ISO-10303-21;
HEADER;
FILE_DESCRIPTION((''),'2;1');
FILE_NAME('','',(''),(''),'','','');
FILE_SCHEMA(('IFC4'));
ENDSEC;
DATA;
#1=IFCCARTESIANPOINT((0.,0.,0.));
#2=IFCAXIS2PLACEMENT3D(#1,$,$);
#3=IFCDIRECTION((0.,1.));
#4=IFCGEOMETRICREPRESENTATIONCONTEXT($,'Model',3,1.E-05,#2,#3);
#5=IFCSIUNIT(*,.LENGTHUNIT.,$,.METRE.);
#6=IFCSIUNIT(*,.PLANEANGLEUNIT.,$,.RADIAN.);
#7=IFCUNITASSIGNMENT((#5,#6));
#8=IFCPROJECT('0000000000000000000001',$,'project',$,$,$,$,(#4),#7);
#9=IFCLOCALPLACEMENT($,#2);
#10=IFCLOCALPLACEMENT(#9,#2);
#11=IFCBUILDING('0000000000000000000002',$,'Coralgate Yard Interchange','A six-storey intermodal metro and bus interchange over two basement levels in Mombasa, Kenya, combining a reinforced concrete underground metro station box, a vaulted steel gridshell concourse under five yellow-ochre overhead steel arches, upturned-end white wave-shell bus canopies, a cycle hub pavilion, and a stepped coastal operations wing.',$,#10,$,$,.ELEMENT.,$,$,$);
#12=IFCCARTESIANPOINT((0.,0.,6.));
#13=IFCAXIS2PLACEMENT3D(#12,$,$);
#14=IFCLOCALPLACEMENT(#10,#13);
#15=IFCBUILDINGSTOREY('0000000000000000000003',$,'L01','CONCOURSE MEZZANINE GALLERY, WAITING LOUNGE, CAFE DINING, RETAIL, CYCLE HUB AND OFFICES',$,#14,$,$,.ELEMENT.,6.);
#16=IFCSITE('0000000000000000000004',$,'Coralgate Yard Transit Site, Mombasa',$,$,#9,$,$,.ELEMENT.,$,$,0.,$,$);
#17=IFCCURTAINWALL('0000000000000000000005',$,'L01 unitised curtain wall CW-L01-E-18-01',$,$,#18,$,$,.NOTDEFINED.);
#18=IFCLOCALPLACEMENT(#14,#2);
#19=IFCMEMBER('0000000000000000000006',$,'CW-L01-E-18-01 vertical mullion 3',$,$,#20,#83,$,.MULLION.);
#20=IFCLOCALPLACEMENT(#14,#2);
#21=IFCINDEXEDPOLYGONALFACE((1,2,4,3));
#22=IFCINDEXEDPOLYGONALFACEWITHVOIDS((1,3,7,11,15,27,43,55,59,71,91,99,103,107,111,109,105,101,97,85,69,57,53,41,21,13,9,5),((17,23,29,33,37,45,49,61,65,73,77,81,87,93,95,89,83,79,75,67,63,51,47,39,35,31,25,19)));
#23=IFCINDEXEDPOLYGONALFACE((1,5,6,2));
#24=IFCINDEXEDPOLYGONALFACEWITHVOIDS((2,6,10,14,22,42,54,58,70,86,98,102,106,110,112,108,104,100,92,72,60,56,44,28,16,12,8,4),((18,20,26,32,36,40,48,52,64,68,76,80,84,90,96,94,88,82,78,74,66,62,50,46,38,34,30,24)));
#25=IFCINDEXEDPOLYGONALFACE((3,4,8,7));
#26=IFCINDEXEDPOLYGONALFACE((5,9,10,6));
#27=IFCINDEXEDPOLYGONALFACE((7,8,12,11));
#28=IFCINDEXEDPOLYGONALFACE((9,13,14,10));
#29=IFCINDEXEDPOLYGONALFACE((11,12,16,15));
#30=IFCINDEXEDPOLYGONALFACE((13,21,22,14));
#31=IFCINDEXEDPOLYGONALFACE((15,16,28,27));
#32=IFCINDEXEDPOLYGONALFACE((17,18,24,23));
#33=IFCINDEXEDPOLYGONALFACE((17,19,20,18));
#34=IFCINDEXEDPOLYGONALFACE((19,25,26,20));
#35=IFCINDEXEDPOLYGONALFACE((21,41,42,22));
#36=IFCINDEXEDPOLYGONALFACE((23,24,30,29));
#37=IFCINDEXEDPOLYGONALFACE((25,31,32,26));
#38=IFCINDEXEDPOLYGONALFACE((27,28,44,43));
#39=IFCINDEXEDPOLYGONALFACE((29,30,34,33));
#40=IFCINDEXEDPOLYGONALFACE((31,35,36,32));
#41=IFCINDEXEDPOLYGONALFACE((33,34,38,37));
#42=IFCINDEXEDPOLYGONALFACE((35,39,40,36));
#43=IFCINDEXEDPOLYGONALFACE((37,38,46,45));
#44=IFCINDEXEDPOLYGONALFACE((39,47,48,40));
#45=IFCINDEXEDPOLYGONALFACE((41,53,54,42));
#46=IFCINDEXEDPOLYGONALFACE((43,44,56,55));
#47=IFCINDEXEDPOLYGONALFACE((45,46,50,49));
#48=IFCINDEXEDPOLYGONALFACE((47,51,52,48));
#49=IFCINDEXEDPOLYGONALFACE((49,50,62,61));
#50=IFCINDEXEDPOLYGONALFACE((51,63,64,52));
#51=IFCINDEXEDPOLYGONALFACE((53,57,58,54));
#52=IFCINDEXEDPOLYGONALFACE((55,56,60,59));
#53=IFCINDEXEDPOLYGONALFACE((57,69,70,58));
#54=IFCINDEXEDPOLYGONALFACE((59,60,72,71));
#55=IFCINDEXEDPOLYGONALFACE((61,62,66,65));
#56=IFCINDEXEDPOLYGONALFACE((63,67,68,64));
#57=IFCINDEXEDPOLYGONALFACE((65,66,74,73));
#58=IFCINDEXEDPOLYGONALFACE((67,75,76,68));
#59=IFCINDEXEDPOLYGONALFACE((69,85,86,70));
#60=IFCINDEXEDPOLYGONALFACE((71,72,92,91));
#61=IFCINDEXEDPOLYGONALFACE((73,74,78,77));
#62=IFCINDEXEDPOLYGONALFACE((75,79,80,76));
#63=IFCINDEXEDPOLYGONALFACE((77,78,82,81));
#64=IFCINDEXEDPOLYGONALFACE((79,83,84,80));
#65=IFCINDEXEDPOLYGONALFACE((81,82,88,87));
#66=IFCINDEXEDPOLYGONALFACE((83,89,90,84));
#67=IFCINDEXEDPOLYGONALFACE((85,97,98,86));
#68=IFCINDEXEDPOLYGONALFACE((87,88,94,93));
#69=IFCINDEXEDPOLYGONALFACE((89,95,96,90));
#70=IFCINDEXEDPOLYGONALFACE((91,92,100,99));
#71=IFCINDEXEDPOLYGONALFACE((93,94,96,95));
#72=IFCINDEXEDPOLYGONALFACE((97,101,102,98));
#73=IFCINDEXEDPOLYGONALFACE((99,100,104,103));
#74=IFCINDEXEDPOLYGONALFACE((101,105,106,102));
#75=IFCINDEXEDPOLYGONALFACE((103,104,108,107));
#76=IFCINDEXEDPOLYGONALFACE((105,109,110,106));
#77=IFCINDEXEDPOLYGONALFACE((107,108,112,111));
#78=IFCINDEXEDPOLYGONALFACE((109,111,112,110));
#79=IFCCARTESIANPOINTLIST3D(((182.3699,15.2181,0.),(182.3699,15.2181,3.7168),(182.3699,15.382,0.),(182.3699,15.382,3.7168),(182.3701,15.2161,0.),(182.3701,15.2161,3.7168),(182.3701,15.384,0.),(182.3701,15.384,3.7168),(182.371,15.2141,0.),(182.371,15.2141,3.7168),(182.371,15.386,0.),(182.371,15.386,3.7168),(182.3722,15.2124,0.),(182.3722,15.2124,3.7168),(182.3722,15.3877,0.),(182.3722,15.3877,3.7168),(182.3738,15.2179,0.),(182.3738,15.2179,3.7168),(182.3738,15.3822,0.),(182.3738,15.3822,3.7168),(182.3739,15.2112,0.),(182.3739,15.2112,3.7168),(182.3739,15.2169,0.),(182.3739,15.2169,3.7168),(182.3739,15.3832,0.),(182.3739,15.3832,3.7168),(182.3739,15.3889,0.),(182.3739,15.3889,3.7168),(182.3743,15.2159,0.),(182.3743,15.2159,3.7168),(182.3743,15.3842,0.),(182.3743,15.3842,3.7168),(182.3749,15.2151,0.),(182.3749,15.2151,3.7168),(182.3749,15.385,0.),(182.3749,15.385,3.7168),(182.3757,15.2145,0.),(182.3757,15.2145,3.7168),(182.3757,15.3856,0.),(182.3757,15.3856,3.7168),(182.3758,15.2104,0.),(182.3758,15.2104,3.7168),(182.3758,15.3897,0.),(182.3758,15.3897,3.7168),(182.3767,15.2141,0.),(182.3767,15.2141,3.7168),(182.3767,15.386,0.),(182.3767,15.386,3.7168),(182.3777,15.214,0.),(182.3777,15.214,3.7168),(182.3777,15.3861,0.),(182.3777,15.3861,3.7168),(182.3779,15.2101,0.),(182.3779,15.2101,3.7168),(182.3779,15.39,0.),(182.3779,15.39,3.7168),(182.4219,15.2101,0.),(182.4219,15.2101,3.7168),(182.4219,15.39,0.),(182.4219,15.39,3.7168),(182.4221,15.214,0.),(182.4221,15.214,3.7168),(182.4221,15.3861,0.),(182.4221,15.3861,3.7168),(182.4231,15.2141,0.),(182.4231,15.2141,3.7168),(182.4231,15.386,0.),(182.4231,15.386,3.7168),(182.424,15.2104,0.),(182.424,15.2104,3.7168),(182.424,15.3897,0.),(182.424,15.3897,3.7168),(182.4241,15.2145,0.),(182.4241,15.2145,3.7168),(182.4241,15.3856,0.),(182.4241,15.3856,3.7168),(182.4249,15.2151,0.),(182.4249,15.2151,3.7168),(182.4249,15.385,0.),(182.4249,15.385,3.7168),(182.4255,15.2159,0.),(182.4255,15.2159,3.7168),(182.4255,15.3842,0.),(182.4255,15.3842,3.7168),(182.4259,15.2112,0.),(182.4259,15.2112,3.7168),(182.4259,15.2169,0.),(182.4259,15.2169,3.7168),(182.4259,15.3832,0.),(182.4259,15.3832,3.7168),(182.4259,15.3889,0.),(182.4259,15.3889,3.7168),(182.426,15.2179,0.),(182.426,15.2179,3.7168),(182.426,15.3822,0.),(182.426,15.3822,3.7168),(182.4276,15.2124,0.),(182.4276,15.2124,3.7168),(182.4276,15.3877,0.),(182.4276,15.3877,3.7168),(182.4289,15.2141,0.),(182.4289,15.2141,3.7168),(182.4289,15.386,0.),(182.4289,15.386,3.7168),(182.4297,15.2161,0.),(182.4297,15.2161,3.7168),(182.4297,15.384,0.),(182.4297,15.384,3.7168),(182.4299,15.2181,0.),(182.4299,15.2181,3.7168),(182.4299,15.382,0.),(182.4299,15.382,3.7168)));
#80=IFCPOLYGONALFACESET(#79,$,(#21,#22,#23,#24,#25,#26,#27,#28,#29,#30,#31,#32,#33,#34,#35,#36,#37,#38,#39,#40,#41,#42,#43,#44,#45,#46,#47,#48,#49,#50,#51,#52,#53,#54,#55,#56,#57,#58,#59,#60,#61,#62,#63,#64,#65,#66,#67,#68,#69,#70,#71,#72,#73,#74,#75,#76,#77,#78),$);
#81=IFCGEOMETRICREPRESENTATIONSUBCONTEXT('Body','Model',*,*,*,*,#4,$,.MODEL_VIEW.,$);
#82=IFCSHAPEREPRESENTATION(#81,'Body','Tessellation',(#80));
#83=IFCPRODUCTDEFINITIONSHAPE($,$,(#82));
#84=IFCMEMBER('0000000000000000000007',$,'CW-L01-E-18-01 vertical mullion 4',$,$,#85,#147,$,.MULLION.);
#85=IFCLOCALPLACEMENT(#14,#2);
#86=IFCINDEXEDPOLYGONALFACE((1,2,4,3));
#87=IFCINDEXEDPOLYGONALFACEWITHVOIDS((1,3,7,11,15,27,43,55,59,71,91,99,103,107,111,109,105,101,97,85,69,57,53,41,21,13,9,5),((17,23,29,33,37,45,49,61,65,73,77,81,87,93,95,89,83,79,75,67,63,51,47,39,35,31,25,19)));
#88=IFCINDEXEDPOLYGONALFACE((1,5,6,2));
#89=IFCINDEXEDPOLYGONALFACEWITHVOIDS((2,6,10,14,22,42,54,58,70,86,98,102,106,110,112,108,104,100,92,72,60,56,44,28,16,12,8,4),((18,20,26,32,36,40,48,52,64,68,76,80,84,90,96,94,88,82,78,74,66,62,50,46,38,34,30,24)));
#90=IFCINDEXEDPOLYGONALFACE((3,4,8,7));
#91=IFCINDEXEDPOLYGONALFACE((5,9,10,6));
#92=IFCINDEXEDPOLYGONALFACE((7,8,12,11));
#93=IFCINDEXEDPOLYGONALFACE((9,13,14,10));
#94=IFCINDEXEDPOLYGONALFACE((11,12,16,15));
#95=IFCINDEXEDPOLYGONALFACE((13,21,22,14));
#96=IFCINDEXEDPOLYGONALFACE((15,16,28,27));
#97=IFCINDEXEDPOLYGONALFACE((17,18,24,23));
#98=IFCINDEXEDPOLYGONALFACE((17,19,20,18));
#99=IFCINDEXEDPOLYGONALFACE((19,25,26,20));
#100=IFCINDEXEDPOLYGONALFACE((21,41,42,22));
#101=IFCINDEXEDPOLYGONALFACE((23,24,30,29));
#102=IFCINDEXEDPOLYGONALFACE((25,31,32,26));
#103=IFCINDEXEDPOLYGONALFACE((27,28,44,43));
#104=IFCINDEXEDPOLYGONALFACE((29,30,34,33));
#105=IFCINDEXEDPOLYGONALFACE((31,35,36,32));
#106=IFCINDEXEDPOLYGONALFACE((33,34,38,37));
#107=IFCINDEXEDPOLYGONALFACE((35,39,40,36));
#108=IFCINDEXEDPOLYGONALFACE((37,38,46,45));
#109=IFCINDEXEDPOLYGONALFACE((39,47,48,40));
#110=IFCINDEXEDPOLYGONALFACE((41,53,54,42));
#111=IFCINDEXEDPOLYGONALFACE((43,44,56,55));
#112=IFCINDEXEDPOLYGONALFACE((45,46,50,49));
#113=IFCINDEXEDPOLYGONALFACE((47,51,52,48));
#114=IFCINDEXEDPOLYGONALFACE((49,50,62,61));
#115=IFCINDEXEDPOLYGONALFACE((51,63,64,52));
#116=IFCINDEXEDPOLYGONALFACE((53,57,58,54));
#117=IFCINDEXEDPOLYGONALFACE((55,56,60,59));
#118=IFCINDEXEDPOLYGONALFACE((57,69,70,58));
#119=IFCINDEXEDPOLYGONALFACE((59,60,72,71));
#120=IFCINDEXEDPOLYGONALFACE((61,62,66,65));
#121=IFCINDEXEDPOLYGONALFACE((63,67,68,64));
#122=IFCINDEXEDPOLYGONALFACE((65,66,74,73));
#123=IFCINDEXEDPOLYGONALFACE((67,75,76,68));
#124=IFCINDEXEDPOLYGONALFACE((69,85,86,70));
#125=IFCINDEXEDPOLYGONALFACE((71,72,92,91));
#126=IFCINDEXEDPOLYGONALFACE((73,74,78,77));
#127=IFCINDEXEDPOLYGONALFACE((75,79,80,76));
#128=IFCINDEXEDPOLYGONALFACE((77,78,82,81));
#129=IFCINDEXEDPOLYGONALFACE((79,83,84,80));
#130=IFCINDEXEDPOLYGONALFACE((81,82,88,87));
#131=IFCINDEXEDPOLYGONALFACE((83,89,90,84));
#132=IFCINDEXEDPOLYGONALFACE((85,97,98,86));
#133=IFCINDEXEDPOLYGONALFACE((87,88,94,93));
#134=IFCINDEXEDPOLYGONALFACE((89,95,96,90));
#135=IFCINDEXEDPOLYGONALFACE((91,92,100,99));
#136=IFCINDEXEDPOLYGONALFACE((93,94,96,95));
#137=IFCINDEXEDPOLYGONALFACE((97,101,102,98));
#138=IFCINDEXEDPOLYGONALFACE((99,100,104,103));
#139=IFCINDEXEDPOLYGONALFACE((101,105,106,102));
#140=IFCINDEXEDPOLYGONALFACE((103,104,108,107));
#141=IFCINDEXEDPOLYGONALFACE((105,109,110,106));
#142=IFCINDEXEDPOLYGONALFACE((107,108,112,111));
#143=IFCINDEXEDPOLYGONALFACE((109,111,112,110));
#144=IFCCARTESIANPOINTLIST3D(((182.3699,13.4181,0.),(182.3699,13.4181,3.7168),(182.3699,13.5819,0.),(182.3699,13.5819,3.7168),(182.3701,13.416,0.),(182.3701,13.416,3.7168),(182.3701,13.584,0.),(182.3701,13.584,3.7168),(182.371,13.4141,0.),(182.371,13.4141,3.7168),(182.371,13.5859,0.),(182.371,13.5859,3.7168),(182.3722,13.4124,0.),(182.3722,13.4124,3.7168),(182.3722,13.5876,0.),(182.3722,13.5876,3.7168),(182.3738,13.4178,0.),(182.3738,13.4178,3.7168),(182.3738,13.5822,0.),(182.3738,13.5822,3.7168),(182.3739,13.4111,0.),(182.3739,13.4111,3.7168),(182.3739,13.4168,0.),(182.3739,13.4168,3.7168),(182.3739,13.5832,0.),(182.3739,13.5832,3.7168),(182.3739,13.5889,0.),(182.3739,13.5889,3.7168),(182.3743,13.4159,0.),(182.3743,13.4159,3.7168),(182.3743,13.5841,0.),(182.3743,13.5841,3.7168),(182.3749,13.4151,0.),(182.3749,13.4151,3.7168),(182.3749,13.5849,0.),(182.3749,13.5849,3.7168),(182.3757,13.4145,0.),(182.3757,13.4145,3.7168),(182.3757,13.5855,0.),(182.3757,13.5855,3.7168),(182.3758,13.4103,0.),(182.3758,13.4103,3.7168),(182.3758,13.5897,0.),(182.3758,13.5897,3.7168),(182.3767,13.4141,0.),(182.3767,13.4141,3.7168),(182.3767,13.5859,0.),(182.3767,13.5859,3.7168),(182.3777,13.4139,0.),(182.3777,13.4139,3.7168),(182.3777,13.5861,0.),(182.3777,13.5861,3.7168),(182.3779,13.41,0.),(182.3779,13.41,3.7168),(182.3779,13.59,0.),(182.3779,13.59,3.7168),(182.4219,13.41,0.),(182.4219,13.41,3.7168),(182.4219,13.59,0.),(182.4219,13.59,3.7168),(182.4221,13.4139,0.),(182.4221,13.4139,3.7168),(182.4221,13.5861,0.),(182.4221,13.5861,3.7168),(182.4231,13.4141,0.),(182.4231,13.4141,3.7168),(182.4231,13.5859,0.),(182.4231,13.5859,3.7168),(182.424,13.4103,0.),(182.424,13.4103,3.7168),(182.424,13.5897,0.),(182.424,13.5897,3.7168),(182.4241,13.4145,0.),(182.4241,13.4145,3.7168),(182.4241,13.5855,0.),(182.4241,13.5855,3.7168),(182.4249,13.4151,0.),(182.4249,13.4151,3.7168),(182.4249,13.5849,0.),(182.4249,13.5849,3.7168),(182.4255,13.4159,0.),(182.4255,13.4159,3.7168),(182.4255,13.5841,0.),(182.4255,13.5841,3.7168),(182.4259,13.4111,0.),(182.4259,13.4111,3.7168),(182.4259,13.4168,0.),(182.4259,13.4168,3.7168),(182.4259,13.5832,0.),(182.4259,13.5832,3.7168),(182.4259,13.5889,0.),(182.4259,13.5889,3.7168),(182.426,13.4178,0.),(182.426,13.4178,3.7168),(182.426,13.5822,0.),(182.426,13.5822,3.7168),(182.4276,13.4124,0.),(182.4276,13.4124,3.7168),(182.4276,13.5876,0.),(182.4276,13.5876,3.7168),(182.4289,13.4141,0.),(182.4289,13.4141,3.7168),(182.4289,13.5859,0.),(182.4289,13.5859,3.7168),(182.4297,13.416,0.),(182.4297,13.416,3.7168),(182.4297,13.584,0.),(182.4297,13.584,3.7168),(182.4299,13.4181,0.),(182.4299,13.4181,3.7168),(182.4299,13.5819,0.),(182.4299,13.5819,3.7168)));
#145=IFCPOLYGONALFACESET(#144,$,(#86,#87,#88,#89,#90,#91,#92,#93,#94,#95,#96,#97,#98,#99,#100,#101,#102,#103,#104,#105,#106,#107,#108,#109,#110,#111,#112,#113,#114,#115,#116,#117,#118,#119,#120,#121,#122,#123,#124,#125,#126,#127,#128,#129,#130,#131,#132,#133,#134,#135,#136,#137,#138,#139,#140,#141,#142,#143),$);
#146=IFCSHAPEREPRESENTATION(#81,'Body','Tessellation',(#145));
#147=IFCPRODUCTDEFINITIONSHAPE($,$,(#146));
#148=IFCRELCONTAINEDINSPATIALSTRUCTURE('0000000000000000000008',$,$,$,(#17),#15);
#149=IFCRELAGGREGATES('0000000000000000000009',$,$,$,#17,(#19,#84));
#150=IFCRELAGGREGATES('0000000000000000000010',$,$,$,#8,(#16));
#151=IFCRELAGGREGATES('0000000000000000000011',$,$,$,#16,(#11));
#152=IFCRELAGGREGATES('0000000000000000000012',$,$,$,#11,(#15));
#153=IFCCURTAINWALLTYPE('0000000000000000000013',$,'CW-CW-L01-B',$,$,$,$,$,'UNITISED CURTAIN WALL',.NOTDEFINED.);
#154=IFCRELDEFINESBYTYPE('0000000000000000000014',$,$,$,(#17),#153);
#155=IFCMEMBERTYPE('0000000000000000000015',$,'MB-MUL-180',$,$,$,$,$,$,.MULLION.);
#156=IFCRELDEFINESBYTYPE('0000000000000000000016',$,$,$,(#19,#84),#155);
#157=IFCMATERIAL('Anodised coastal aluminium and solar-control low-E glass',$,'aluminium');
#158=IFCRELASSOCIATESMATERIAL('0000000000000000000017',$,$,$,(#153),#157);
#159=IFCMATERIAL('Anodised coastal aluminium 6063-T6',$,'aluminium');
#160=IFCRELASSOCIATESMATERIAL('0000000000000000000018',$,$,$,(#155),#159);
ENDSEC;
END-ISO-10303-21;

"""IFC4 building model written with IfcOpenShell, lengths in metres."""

from ifc_helpers import new_model, si_unit, direction, frame, origin, origin_2d, place, context, subcontext, project, spatial, hollow_rectangle, extrude, material, material_profile, profile_set, type_object, element, aggregate, save


model = new_model("IFC4")

# Units and contexts
model_context = context("Model", 3, precision=1e-05, world=origin(), true_north=direction((0.0, 1.0)))
body_context = subcontext(model_context, "Body", "Model", "MODEL_VIEW")
ifc_project = project(units=[si_unit("LENGTHUNIT", "METRE"), si_unit("PLANEANGLEUNIT", "RADIAN")], contexts=[model_context])

# Site, building, storey
site_placement = place(None, origin())
site = spatial("IfcSite", under=ifc_project, at=site_placement, Name="Coralgate Yard Transit Site, Mombasa", CompositionType="ELEMENT", RefElevation=0.0)
building_placement = place(site_placement, origin())
building = spatial("IfcBuilding", under=site, at=building_placement, Name="Coralgate Yard Interchange", Description="A six-storey intermodal metro and bus interchange over two basement levels in Mombasa, Kenya, combining a reinforced concrete underground metro station box, a vaulted steel gridshell concourse under five yellow-ochre overhead steel arches, upturned-end white wave-shell bus canopies, a cycle hub pavilion, and a stepped coastal operations wing.", CompositionType="ELEMENT")
storey_placement = place(building_placement, frame((0.0, 0.0, 6.0)))
storey = spatial("IfcBuildingStorey", under=building, at=storey_placement, Name="L01", Description="CONCOURSE MEZZANINE GALLERY, WAITING LOUNGE, CAFE DINING, RETAIL, CYCLE HUB AND OFFICES", CompositionType="ELEMENT", Elevation=6.0)

# Curtain wall, members
ifc_material_1 = material(Name="Anodised coastal aluminium and solar-control low-E glass", Category="aluminium")
curtain_wall_type = type_object("IfcCurtainWallType", Name="CW-CW-L01-B", ElementType="UNITISED CURTAIN WALL", PredefinedType="NOTDEFINED", material=ifc_material_1)
curtain_wall_placement = place(storey_placement, origin())
curtain_wall = element("IfcCurtainWall", 1, at=curtain_wall_placement, inside=storey, type_object=curtain_wall_type, Name="L01 unitised curtain wall CW-L01-E-18-01", PredefinedType="NOTDEFINED")
ifc_material_2 = material(Name="Anodised coastal aluminium 6063-T6", Category="aluminium")
ifc_material_profile_1 = material_profile(ifc_material_2, hollow_rectangle(XDim=0.0601, YDim=0.1799, WallThickness=0.0039, InnerFilletRadius=0.0039, OuterFilletRadius=0.0081, at=origin_2d()), Name="ALU 60x180x4")
ifc_profile_set_1 = profile_set([ifc_material_profile_1], Name="Anodised coastal aluminium 6063-T6")
member_type_1 = type_object("IfcMemberType", Name="MB-MUL-180", PredefinedType="MULLION", material=ifc_profile_set_1)
member_1_placement = place(storey_placement, frame((182.3999, 15.3, 0.0), z_axis=(0.0, 0.0, 1.0), x_axis=(1.0, 0.0, 0.0)))
member_1 = element("IfcMember", 2, at=member_1_placement, type_object=member_type_1, Name="CW-L01-E-18-01 vertical mullion 3", PredefinedType="MULLION", context=body_context, shape_type="SweptSolid", body=[
    extrude(hollow_rectangle(XDim=0.0601, YDim=0.1799, WallThickness=0.0039, InnerFilletRadius=0.0039, OuterFilletRadius=0.0081, at=origin_2d()), origin(), (0.0, 0.0, 1.0), 3.7168),
])
member_2_placement = place(storey_placement, frame((182.3999, 13.5, 0.0), z_axis=(0.0, 0.0, 1.0), x_axis=(1.0, 0.0, 0.0)))
member_2 = element("IfcMember", 3, at=member_2_placement, type_object=member_type_1, Name="CW-L01-E-18-01 vertical mullion 4", PredefinedType="MULLION", context=body_context, shape_type="SweptSolid", body=[
    extrude(hollow_rectangle(XDim=0.0601, YDim=0.1799, WallThickness=0.0039, InnerFilletRadius=0.0039, OuterFilletRadius=0.0081, at=origin_2d()), origin(), (0.0, 0.0, 1.0), 3.7168),
])
aggregate(curtain_wall, [member_1, member_2])

save(model, "model.ifc")
